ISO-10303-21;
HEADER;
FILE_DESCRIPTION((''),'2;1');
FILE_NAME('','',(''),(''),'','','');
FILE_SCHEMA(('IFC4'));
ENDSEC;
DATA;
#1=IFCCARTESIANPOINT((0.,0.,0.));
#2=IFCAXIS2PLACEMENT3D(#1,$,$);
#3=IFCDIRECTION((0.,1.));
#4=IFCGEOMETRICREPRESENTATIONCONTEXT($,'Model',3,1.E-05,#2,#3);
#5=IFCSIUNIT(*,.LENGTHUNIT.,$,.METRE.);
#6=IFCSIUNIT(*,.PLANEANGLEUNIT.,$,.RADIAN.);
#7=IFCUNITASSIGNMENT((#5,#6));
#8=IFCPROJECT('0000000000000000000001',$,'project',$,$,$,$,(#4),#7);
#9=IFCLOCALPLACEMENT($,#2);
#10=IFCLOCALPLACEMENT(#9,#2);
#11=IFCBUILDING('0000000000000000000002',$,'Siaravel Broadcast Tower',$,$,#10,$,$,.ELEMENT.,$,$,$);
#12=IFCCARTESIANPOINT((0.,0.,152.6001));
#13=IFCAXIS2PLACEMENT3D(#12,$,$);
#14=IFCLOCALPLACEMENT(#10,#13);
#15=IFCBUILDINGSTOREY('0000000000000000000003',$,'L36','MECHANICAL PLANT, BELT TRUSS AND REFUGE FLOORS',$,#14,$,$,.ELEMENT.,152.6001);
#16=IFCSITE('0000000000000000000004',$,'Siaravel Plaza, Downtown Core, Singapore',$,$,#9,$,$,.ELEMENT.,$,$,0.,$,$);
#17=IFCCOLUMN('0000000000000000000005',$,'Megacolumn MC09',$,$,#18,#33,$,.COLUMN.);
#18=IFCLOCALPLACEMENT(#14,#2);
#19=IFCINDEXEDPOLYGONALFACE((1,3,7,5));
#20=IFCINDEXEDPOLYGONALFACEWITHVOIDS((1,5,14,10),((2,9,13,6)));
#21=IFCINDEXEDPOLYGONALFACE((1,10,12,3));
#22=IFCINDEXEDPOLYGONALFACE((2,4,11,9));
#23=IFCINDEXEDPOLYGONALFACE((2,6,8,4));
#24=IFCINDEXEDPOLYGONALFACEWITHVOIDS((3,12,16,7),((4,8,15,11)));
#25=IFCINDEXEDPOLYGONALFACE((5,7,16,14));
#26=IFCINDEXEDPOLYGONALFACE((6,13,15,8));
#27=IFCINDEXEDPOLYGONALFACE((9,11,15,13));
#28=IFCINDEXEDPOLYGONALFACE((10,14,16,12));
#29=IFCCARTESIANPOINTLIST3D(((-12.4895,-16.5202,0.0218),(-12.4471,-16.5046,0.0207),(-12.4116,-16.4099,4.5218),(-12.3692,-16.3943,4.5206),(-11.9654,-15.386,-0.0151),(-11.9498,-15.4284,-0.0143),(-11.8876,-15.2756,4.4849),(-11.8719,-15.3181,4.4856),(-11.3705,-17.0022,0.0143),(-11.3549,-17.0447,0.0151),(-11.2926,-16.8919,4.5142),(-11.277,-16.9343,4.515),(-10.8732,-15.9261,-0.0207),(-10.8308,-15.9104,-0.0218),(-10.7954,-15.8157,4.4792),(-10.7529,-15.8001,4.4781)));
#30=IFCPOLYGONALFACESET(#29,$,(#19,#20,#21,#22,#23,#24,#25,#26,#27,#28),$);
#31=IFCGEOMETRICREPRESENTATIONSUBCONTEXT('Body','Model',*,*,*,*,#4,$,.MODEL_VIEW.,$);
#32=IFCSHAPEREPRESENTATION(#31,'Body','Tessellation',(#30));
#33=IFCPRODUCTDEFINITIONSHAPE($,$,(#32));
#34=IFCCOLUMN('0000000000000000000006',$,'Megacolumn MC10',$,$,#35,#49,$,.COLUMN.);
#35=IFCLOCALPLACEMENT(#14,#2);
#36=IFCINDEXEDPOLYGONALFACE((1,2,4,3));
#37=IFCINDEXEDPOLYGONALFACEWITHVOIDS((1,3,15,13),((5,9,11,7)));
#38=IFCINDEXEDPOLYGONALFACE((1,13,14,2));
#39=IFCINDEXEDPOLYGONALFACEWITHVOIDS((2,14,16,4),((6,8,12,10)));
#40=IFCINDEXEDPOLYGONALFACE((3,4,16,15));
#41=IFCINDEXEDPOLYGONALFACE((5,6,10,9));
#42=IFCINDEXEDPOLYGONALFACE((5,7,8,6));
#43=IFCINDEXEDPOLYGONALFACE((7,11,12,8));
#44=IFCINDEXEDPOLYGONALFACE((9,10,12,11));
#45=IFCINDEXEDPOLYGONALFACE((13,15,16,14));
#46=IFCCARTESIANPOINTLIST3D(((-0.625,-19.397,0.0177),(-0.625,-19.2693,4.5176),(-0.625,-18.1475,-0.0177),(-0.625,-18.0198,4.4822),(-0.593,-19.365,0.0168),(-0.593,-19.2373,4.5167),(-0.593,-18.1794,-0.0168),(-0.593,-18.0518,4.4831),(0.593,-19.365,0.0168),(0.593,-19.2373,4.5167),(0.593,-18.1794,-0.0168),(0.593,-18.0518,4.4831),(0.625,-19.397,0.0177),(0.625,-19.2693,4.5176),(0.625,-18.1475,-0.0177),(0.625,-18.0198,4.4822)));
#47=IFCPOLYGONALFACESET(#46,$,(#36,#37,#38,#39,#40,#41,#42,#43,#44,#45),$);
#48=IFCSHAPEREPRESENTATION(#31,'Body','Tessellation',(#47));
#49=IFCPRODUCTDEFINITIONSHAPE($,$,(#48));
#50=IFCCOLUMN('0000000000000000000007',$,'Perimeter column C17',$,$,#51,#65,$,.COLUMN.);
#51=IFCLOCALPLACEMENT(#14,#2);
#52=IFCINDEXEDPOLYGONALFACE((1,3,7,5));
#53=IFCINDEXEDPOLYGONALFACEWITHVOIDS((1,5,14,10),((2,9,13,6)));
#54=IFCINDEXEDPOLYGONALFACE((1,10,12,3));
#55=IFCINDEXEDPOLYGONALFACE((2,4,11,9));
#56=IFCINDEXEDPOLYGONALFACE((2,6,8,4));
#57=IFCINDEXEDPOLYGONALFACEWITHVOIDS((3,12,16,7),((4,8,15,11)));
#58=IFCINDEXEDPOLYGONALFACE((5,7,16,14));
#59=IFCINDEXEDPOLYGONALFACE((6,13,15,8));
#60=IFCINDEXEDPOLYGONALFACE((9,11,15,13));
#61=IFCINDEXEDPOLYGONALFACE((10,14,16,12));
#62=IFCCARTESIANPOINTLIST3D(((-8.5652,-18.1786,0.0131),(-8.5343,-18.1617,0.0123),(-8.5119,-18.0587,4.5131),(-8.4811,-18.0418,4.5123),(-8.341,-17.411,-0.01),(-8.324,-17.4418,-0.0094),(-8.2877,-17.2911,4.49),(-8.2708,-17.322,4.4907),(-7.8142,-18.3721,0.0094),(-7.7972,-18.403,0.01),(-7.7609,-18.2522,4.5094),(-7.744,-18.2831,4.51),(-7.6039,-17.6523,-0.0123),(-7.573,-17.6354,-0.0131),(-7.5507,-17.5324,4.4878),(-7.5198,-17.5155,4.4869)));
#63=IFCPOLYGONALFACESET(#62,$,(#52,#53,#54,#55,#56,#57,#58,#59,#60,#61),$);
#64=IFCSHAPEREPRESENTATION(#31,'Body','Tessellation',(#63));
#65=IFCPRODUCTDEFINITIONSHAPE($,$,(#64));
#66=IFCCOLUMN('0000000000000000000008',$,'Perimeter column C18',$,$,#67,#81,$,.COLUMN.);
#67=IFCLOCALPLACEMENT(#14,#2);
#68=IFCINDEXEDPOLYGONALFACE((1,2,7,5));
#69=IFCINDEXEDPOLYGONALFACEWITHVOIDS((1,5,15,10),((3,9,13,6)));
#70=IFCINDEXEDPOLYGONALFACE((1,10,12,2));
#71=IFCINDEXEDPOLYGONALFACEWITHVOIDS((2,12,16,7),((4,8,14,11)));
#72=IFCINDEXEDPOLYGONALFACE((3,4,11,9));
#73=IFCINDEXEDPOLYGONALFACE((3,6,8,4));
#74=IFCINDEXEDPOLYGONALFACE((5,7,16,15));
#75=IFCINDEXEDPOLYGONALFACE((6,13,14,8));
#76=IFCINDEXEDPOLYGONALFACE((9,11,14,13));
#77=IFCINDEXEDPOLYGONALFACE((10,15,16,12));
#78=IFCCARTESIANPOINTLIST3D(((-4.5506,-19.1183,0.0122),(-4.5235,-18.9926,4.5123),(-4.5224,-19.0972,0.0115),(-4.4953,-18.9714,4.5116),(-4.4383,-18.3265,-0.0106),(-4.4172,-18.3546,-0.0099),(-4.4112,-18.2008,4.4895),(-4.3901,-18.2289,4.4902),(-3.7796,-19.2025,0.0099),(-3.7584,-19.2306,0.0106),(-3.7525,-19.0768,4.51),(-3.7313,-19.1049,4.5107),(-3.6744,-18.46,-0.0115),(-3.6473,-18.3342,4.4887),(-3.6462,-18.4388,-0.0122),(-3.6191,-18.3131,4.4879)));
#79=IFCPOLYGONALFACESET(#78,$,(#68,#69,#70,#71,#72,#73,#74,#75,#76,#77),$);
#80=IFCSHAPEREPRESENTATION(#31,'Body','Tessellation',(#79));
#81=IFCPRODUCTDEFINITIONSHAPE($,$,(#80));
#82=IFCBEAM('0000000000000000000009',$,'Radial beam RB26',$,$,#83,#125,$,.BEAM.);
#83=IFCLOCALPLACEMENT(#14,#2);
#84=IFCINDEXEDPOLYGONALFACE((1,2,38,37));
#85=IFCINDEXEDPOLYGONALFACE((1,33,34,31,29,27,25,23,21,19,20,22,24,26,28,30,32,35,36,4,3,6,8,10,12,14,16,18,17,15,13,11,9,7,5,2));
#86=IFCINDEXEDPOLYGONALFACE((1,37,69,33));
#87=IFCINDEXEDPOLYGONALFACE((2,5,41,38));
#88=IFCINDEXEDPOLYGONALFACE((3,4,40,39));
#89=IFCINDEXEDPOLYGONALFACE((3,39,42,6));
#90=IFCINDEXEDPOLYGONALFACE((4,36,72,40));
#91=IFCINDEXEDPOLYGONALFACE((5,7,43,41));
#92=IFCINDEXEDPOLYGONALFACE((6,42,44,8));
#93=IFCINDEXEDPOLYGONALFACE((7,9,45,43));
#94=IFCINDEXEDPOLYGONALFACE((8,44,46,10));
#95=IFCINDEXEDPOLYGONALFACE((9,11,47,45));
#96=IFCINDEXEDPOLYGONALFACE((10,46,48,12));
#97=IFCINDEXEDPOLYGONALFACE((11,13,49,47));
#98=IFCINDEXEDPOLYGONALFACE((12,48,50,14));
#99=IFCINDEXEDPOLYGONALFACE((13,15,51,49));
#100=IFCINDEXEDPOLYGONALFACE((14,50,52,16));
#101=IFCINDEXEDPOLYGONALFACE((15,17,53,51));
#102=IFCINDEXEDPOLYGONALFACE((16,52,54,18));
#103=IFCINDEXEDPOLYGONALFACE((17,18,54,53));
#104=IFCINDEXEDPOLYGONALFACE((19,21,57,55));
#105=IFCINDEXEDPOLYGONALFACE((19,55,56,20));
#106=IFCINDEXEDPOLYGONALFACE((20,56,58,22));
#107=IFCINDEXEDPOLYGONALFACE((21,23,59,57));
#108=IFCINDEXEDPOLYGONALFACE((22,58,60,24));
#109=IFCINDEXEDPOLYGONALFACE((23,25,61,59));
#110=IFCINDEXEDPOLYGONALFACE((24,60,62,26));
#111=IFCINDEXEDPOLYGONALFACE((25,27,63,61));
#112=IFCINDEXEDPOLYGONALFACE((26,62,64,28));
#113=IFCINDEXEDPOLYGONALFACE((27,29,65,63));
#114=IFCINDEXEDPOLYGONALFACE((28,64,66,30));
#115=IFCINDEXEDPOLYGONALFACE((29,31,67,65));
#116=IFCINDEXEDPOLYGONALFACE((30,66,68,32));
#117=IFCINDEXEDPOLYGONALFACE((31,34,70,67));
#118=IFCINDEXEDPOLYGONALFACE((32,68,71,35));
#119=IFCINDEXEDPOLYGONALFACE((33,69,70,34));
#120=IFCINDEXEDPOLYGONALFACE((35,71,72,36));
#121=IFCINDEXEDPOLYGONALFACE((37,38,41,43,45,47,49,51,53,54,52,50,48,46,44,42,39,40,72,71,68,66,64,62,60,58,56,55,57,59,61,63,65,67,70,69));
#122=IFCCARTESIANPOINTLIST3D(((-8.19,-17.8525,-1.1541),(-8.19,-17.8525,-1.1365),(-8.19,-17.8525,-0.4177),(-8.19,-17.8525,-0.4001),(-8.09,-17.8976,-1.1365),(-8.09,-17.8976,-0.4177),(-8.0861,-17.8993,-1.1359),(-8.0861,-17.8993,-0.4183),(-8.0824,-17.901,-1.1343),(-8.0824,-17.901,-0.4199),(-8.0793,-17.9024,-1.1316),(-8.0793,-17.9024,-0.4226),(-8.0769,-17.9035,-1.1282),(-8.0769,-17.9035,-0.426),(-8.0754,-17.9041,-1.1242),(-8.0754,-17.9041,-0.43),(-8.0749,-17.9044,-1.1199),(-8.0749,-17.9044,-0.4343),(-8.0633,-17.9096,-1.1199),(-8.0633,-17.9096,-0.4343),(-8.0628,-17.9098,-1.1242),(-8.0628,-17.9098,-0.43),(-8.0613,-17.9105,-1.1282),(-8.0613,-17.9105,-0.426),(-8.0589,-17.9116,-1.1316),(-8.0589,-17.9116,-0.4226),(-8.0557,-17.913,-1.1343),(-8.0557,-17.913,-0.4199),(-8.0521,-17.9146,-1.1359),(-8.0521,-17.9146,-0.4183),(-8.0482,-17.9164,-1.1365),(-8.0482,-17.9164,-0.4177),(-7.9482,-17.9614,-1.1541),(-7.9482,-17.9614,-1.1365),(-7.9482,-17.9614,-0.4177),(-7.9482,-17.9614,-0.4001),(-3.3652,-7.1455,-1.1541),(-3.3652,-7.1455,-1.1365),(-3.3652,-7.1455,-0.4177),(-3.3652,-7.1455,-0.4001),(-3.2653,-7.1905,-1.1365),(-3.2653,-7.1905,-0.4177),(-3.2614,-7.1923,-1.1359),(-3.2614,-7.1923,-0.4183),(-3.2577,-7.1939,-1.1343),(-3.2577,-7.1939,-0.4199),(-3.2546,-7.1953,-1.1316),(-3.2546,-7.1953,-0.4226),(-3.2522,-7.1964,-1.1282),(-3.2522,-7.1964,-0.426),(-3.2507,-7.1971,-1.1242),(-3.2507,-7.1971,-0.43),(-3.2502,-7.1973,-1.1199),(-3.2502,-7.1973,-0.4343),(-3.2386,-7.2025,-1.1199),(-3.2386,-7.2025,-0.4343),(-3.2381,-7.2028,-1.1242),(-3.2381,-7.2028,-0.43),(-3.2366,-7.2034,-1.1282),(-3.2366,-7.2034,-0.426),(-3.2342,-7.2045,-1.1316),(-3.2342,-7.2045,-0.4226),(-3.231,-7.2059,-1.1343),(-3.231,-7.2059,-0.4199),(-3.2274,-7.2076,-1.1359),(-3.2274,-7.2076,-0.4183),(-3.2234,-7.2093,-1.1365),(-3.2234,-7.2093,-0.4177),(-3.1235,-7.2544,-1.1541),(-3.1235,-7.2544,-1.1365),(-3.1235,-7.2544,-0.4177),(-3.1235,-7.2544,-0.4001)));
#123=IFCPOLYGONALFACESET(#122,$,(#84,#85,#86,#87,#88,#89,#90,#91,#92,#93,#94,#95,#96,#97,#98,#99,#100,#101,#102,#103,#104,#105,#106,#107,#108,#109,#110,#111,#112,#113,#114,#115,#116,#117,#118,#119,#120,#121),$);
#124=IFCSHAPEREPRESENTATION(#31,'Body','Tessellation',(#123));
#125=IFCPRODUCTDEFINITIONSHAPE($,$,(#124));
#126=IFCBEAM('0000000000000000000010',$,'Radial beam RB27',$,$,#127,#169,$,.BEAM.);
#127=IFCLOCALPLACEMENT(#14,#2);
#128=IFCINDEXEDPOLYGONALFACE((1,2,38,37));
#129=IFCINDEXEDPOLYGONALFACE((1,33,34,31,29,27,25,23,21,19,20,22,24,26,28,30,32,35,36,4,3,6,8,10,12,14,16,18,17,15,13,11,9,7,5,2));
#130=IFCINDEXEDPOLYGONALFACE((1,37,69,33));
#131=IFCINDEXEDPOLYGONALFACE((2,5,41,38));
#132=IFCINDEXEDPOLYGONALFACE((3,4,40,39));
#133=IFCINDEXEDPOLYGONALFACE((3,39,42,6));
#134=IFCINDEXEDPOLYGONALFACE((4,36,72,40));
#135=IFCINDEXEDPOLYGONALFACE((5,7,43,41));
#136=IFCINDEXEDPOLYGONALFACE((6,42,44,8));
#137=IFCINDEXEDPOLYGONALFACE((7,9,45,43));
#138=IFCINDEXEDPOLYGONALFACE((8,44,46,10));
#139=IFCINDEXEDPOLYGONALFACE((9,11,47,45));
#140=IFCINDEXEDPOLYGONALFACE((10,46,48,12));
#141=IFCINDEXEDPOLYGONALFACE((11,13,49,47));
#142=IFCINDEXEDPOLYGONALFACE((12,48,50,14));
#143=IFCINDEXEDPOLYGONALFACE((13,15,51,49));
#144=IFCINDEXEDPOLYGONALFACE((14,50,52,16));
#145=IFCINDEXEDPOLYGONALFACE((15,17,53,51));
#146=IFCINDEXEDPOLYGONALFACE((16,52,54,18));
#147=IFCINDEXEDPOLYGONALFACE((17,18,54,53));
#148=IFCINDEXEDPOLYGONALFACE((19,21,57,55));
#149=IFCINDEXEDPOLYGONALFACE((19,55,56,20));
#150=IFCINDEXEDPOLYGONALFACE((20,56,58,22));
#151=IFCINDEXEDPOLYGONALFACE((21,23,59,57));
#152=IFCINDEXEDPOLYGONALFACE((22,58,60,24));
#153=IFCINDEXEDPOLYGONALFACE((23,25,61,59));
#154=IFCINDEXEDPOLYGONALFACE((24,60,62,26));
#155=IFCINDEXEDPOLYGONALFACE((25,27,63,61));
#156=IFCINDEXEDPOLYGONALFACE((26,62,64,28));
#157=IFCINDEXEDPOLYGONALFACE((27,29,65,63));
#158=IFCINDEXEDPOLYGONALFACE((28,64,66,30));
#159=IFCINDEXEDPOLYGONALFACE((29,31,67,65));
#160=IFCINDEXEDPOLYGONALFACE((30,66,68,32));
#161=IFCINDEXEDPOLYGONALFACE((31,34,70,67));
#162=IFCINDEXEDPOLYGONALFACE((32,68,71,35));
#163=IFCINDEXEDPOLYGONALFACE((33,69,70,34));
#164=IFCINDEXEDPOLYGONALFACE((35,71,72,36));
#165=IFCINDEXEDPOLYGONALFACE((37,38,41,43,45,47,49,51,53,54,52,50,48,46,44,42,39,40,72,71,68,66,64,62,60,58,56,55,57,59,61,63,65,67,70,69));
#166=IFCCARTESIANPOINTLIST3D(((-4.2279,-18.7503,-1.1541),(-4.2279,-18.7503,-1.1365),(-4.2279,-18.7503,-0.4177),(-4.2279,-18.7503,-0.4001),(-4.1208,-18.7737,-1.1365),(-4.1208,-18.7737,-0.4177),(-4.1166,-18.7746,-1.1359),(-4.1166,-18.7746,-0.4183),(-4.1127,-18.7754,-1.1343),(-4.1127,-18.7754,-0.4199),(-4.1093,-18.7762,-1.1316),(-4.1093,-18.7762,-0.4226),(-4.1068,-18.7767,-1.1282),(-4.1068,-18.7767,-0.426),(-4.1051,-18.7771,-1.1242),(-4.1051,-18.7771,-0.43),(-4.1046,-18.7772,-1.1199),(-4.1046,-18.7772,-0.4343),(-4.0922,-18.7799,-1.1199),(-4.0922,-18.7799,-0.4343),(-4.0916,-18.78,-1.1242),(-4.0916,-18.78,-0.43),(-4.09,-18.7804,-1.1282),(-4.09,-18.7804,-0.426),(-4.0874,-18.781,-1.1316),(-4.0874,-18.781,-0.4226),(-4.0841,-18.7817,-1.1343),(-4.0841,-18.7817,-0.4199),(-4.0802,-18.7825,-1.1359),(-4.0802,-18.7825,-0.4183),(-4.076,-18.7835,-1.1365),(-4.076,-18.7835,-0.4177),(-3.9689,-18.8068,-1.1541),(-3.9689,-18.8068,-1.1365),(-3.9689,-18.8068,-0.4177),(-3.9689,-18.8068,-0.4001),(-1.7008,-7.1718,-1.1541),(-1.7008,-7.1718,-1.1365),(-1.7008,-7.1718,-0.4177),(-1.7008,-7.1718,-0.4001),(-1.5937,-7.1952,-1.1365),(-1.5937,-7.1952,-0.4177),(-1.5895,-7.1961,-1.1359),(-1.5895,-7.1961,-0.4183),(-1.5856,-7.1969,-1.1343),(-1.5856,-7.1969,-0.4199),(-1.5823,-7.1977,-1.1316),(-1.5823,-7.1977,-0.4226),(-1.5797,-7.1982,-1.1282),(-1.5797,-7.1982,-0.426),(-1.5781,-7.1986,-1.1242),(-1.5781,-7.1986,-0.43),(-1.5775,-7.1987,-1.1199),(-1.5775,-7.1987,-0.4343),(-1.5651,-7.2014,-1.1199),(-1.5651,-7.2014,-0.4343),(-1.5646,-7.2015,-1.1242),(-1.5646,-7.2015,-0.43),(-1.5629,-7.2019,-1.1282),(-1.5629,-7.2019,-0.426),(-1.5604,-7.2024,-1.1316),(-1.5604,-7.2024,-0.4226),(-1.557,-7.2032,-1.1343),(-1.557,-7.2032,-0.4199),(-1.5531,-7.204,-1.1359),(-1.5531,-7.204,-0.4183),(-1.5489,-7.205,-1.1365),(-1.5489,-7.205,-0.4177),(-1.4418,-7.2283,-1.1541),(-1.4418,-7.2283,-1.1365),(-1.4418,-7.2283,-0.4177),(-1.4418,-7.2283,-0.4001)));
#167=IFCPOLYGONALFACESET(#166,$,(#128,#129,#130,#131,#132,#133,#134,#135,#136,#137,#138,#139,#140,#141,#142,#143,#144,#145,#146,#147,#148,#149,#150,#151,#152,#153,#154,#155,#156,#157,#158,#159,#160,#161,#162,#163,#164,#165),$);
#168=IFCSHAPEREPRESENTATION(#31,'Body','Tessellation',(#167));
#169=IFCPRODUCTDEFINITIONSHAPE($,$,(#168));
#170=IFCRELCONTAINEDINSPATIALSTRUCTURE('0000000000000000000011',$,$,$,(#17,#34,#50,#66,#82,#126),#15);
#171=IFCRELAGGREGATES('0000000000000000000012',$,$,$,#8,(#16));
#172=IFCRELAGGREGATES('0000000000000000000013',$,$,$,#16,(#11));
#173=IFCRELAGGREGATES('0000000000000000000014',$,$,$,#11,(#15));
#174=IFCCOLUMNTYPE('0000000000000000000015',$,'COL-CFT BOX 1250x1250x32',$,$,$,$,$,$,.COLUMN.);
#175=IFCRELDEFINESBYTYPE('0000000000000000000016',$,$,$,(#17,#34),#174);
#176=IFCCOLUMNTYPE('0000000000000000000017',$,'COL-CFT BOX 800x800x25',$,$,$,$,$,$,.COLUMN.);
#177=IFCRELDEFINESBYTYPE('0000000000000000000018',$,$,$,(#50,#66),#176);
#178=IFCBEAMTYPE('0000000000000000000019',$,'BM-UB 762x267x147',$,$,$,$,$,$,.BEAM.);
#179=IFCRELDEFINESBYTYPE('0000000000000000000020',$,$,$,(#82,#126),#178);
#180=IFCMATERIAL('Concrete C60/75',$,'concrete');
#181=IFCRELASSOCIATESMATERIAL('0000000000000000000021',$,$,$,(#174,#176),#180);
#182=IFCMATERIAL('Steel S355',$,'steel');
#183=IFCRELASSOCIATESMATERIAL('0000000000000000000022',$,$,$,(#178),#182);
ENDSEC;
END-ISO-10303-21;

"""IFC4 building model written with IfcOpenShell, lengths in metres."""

from ifc_helpers import new_model, si_unit, direction, frame, origin, origin_2d, place, context, subcontext, project, spatial, hollow_rectangle, i_section, extrude, material, material_profile, profile_set, type_object, element, save


model = new_model("IFC4")

# Units and contexts
model_context = context("Model", 3, precision=1e-05, world=origin(), true_north=direction((0.0, 1.0)))
body_context = subcontext(model_context, "Body", "Model", "MODEL_VIEW")
ifc_project = project(units=[si_unit("LENGTHUNIT", "METRE"), si_unit("PLANEANGLEUNIT", "RADIAN")], contexts=[model_context])

# Site, building, storey
site_placement = place(None, origin())
site = spatial("IfcSite", under=ifc_project, at=site_placement, Name="Siaravel Plaza, Downtown Core, Singapore", CompositionType="ELEMENT", RefElevation=0.0)
building_placement = place(site_placement, origin())
building = spatial("IfcBuilding", under=site, at=building_placement, Name="Siaravel Broadcast Tower", CompositionType="ELEMENT")
storey_placement = place(building_placement, frame((0.0, 0.0, 152.6001)))
storey = spatial("IfcBuildingStorey", under=building, at=storey_placement, Name="L36", Description="MECHANICAL PLANT, BELT TRUSS AND REFUGE FLOORS", CompositionType="ELEMENT", Elevation=152.6001)

# Columns
ifc_material_1 = material(Name="Concrete C60/75", Category="concrete")
ifc_material_profile_1 = material_profile(ifc_material_1, hollow_rectangle(XDim=1.25, YDim=1.25, WallThickness=0.032, at=origin_2d()))
ifc_profile_set_1 = profile_set([ifc_material_profile_1], Name="Concrete C60/75")
column_type_1 = type_object("IfcColumnType", Name="COL-CFT BOX 1250x1250x32", PredefinedType="COLUMN", material=ifc_profile_set_1)
column_1_placement = place(storey_placement, frame((-11.6602, -16.2153, 0.0), z_axis=(0.017299, 0.024512, 0.99955), x_axis=(-0.907704, 0.419576, 0.00542)))
element("IfcColumn", 1, at=column_1_placement, inside=storey, type_object=column_type_1, Name="Megacolumn MC09", PredefinedType="COLUMN", context=body_context, shape_type="SweptSolid", body=[
    extrude(hollow_rectangle(XDim=1.25, YDim=1.25, WallThickness=0.032, at=origin_2d()), origin(), (0.0, 0.0, 1.0), 4.502),
])
column_2_placement = place(storey_placement, frame((0.0, -18.7722, 0.0), z_axis=(0.0, 0.028363, 0.999598), x_axis=(-1.0, 0.0, 0.0)))
element("IfcColumn", 2, at=column_2_placement, inside=storey, type_object=column_type_1, Name="Megacolumn MC10", PredefinedType="COLUMN", context=body_context, shape_type="SweptSolid", body=[
    extrude(hollow_rectangle(XDim=1.25, YDim=1.25, WallThickness=0.032, at=origin_2d()), origin(), (0.0, 0.0, 1.0), 4.5017),
])
ifc_material_profile_2 = material_profile(ifc_material_1, hollow_rectangle(XDim=0.8, YDim=0.8, WallThickness=0.0249, at=origin_2d()))
ifc_profile_set_2 = profile_set([ifc_material_profile_2], Name="Concrete C60/75")
column_type_2 = type_object("IfcColumnType", Name="COL-CFT BOX 800x800x25", PredefinedType="COLUMN", material=ifc_profile_set_2)
for number, where, z_axis, x_axis, name in (
    (3, (-8.0691, -17.907, 0.0), (0.011822, 0.026627, 0.999576), (-0.959857, 0.280464, 0.003881), "Perimeter column C17"),
    (4, (-4.0984, -18.7786, 0.0), (0.00602, 0.027929, 0.999592), (-0.990093, 0.140396, 0.00204), "Perimeter column C18"),
):
    element("IfcColumn", number, at=place(storey_placement, frame(where, z_axis=z_axis, x_axis=x_axis)), inside=storey, type_object=column_type_2, Name=name, PredefinedType="COLUMN", context=body_context, shape_type="SweptSolid", body=[
        extrude(hollow_rectangle(XDim=0.8, YDim=0.8, WallThickness=0.0249, at=origin_2d()), origin(), (0.0, 0.0, 1.0), 4.502),
    ])

# Beams
ifc_material_2 = material(Name="Steel S355", Category="steel")
ifc_material_profile_3 = material_profile(ifc_material_2, i_section(OverallWidth=0.2651, OverallDepth=0.7539, WebThickness=0.0127, FlangeThickness=0.0176, FilletRadius=0.0166, at=origin_2d()))
ifc_profile_set_3 = profile_set([ifc_material_profile_3], Name="Steel S355")
beam_type_1 = type_object("IfcBeamType", Name="BM-UB 762x267x147", PredefinedType="BEAM", material=ifc_profile_set_3)
beam_1_placement = place(storey_placement, frame((-8.0691, -17.907, -0.7771), z_axis=(0.410828, 0.911713, 0.0), x_axis=(-0.911713, 0.410828, 0.0)))
element("IfcBeam", 5, at=beam_1_placement, inside=storey, type_object=beam_type_1, Name="Radial beam RB26", PredefinedType="BEAM", context=body_context, shape_type="SweptSolid", body=[
    extrude(i_section(OverallWidth=0.2651, OverallDepth=0.7539, WebThickness=0.0127, FlangeThickness=0.0176, FilletRadius=0.0166, at=origin_2d()), origin(), (0.0, 0.0, 1.0), 11.7439),
])
beam_2_placement = place(storey_placement, frame((-4.0984, -18.7786, -0.7771), z_axis=(0.213236, 0.977001, 0.0), x_axis=(-0.977001, 0.213236, 0.0)))
element("IfcBeam", 6, at=beam_2_placement, inside=storey, type_object=beam_type_1, Name="Radial beam RB27", PredefinedType="BEAM", context=body_context, shape_type="SweptSolid", body=[
    extrude(i_section(OverallWidth=0.2651, OverallDepth=0.7539, WebThickness=0.0127, FlangeThickness=0.0176, FilletRadius=0.0166, at=origin_2d()), origin(), (0.0, 0.0, 1.0), 11.8511),
])

save(model, "model.ifc")
